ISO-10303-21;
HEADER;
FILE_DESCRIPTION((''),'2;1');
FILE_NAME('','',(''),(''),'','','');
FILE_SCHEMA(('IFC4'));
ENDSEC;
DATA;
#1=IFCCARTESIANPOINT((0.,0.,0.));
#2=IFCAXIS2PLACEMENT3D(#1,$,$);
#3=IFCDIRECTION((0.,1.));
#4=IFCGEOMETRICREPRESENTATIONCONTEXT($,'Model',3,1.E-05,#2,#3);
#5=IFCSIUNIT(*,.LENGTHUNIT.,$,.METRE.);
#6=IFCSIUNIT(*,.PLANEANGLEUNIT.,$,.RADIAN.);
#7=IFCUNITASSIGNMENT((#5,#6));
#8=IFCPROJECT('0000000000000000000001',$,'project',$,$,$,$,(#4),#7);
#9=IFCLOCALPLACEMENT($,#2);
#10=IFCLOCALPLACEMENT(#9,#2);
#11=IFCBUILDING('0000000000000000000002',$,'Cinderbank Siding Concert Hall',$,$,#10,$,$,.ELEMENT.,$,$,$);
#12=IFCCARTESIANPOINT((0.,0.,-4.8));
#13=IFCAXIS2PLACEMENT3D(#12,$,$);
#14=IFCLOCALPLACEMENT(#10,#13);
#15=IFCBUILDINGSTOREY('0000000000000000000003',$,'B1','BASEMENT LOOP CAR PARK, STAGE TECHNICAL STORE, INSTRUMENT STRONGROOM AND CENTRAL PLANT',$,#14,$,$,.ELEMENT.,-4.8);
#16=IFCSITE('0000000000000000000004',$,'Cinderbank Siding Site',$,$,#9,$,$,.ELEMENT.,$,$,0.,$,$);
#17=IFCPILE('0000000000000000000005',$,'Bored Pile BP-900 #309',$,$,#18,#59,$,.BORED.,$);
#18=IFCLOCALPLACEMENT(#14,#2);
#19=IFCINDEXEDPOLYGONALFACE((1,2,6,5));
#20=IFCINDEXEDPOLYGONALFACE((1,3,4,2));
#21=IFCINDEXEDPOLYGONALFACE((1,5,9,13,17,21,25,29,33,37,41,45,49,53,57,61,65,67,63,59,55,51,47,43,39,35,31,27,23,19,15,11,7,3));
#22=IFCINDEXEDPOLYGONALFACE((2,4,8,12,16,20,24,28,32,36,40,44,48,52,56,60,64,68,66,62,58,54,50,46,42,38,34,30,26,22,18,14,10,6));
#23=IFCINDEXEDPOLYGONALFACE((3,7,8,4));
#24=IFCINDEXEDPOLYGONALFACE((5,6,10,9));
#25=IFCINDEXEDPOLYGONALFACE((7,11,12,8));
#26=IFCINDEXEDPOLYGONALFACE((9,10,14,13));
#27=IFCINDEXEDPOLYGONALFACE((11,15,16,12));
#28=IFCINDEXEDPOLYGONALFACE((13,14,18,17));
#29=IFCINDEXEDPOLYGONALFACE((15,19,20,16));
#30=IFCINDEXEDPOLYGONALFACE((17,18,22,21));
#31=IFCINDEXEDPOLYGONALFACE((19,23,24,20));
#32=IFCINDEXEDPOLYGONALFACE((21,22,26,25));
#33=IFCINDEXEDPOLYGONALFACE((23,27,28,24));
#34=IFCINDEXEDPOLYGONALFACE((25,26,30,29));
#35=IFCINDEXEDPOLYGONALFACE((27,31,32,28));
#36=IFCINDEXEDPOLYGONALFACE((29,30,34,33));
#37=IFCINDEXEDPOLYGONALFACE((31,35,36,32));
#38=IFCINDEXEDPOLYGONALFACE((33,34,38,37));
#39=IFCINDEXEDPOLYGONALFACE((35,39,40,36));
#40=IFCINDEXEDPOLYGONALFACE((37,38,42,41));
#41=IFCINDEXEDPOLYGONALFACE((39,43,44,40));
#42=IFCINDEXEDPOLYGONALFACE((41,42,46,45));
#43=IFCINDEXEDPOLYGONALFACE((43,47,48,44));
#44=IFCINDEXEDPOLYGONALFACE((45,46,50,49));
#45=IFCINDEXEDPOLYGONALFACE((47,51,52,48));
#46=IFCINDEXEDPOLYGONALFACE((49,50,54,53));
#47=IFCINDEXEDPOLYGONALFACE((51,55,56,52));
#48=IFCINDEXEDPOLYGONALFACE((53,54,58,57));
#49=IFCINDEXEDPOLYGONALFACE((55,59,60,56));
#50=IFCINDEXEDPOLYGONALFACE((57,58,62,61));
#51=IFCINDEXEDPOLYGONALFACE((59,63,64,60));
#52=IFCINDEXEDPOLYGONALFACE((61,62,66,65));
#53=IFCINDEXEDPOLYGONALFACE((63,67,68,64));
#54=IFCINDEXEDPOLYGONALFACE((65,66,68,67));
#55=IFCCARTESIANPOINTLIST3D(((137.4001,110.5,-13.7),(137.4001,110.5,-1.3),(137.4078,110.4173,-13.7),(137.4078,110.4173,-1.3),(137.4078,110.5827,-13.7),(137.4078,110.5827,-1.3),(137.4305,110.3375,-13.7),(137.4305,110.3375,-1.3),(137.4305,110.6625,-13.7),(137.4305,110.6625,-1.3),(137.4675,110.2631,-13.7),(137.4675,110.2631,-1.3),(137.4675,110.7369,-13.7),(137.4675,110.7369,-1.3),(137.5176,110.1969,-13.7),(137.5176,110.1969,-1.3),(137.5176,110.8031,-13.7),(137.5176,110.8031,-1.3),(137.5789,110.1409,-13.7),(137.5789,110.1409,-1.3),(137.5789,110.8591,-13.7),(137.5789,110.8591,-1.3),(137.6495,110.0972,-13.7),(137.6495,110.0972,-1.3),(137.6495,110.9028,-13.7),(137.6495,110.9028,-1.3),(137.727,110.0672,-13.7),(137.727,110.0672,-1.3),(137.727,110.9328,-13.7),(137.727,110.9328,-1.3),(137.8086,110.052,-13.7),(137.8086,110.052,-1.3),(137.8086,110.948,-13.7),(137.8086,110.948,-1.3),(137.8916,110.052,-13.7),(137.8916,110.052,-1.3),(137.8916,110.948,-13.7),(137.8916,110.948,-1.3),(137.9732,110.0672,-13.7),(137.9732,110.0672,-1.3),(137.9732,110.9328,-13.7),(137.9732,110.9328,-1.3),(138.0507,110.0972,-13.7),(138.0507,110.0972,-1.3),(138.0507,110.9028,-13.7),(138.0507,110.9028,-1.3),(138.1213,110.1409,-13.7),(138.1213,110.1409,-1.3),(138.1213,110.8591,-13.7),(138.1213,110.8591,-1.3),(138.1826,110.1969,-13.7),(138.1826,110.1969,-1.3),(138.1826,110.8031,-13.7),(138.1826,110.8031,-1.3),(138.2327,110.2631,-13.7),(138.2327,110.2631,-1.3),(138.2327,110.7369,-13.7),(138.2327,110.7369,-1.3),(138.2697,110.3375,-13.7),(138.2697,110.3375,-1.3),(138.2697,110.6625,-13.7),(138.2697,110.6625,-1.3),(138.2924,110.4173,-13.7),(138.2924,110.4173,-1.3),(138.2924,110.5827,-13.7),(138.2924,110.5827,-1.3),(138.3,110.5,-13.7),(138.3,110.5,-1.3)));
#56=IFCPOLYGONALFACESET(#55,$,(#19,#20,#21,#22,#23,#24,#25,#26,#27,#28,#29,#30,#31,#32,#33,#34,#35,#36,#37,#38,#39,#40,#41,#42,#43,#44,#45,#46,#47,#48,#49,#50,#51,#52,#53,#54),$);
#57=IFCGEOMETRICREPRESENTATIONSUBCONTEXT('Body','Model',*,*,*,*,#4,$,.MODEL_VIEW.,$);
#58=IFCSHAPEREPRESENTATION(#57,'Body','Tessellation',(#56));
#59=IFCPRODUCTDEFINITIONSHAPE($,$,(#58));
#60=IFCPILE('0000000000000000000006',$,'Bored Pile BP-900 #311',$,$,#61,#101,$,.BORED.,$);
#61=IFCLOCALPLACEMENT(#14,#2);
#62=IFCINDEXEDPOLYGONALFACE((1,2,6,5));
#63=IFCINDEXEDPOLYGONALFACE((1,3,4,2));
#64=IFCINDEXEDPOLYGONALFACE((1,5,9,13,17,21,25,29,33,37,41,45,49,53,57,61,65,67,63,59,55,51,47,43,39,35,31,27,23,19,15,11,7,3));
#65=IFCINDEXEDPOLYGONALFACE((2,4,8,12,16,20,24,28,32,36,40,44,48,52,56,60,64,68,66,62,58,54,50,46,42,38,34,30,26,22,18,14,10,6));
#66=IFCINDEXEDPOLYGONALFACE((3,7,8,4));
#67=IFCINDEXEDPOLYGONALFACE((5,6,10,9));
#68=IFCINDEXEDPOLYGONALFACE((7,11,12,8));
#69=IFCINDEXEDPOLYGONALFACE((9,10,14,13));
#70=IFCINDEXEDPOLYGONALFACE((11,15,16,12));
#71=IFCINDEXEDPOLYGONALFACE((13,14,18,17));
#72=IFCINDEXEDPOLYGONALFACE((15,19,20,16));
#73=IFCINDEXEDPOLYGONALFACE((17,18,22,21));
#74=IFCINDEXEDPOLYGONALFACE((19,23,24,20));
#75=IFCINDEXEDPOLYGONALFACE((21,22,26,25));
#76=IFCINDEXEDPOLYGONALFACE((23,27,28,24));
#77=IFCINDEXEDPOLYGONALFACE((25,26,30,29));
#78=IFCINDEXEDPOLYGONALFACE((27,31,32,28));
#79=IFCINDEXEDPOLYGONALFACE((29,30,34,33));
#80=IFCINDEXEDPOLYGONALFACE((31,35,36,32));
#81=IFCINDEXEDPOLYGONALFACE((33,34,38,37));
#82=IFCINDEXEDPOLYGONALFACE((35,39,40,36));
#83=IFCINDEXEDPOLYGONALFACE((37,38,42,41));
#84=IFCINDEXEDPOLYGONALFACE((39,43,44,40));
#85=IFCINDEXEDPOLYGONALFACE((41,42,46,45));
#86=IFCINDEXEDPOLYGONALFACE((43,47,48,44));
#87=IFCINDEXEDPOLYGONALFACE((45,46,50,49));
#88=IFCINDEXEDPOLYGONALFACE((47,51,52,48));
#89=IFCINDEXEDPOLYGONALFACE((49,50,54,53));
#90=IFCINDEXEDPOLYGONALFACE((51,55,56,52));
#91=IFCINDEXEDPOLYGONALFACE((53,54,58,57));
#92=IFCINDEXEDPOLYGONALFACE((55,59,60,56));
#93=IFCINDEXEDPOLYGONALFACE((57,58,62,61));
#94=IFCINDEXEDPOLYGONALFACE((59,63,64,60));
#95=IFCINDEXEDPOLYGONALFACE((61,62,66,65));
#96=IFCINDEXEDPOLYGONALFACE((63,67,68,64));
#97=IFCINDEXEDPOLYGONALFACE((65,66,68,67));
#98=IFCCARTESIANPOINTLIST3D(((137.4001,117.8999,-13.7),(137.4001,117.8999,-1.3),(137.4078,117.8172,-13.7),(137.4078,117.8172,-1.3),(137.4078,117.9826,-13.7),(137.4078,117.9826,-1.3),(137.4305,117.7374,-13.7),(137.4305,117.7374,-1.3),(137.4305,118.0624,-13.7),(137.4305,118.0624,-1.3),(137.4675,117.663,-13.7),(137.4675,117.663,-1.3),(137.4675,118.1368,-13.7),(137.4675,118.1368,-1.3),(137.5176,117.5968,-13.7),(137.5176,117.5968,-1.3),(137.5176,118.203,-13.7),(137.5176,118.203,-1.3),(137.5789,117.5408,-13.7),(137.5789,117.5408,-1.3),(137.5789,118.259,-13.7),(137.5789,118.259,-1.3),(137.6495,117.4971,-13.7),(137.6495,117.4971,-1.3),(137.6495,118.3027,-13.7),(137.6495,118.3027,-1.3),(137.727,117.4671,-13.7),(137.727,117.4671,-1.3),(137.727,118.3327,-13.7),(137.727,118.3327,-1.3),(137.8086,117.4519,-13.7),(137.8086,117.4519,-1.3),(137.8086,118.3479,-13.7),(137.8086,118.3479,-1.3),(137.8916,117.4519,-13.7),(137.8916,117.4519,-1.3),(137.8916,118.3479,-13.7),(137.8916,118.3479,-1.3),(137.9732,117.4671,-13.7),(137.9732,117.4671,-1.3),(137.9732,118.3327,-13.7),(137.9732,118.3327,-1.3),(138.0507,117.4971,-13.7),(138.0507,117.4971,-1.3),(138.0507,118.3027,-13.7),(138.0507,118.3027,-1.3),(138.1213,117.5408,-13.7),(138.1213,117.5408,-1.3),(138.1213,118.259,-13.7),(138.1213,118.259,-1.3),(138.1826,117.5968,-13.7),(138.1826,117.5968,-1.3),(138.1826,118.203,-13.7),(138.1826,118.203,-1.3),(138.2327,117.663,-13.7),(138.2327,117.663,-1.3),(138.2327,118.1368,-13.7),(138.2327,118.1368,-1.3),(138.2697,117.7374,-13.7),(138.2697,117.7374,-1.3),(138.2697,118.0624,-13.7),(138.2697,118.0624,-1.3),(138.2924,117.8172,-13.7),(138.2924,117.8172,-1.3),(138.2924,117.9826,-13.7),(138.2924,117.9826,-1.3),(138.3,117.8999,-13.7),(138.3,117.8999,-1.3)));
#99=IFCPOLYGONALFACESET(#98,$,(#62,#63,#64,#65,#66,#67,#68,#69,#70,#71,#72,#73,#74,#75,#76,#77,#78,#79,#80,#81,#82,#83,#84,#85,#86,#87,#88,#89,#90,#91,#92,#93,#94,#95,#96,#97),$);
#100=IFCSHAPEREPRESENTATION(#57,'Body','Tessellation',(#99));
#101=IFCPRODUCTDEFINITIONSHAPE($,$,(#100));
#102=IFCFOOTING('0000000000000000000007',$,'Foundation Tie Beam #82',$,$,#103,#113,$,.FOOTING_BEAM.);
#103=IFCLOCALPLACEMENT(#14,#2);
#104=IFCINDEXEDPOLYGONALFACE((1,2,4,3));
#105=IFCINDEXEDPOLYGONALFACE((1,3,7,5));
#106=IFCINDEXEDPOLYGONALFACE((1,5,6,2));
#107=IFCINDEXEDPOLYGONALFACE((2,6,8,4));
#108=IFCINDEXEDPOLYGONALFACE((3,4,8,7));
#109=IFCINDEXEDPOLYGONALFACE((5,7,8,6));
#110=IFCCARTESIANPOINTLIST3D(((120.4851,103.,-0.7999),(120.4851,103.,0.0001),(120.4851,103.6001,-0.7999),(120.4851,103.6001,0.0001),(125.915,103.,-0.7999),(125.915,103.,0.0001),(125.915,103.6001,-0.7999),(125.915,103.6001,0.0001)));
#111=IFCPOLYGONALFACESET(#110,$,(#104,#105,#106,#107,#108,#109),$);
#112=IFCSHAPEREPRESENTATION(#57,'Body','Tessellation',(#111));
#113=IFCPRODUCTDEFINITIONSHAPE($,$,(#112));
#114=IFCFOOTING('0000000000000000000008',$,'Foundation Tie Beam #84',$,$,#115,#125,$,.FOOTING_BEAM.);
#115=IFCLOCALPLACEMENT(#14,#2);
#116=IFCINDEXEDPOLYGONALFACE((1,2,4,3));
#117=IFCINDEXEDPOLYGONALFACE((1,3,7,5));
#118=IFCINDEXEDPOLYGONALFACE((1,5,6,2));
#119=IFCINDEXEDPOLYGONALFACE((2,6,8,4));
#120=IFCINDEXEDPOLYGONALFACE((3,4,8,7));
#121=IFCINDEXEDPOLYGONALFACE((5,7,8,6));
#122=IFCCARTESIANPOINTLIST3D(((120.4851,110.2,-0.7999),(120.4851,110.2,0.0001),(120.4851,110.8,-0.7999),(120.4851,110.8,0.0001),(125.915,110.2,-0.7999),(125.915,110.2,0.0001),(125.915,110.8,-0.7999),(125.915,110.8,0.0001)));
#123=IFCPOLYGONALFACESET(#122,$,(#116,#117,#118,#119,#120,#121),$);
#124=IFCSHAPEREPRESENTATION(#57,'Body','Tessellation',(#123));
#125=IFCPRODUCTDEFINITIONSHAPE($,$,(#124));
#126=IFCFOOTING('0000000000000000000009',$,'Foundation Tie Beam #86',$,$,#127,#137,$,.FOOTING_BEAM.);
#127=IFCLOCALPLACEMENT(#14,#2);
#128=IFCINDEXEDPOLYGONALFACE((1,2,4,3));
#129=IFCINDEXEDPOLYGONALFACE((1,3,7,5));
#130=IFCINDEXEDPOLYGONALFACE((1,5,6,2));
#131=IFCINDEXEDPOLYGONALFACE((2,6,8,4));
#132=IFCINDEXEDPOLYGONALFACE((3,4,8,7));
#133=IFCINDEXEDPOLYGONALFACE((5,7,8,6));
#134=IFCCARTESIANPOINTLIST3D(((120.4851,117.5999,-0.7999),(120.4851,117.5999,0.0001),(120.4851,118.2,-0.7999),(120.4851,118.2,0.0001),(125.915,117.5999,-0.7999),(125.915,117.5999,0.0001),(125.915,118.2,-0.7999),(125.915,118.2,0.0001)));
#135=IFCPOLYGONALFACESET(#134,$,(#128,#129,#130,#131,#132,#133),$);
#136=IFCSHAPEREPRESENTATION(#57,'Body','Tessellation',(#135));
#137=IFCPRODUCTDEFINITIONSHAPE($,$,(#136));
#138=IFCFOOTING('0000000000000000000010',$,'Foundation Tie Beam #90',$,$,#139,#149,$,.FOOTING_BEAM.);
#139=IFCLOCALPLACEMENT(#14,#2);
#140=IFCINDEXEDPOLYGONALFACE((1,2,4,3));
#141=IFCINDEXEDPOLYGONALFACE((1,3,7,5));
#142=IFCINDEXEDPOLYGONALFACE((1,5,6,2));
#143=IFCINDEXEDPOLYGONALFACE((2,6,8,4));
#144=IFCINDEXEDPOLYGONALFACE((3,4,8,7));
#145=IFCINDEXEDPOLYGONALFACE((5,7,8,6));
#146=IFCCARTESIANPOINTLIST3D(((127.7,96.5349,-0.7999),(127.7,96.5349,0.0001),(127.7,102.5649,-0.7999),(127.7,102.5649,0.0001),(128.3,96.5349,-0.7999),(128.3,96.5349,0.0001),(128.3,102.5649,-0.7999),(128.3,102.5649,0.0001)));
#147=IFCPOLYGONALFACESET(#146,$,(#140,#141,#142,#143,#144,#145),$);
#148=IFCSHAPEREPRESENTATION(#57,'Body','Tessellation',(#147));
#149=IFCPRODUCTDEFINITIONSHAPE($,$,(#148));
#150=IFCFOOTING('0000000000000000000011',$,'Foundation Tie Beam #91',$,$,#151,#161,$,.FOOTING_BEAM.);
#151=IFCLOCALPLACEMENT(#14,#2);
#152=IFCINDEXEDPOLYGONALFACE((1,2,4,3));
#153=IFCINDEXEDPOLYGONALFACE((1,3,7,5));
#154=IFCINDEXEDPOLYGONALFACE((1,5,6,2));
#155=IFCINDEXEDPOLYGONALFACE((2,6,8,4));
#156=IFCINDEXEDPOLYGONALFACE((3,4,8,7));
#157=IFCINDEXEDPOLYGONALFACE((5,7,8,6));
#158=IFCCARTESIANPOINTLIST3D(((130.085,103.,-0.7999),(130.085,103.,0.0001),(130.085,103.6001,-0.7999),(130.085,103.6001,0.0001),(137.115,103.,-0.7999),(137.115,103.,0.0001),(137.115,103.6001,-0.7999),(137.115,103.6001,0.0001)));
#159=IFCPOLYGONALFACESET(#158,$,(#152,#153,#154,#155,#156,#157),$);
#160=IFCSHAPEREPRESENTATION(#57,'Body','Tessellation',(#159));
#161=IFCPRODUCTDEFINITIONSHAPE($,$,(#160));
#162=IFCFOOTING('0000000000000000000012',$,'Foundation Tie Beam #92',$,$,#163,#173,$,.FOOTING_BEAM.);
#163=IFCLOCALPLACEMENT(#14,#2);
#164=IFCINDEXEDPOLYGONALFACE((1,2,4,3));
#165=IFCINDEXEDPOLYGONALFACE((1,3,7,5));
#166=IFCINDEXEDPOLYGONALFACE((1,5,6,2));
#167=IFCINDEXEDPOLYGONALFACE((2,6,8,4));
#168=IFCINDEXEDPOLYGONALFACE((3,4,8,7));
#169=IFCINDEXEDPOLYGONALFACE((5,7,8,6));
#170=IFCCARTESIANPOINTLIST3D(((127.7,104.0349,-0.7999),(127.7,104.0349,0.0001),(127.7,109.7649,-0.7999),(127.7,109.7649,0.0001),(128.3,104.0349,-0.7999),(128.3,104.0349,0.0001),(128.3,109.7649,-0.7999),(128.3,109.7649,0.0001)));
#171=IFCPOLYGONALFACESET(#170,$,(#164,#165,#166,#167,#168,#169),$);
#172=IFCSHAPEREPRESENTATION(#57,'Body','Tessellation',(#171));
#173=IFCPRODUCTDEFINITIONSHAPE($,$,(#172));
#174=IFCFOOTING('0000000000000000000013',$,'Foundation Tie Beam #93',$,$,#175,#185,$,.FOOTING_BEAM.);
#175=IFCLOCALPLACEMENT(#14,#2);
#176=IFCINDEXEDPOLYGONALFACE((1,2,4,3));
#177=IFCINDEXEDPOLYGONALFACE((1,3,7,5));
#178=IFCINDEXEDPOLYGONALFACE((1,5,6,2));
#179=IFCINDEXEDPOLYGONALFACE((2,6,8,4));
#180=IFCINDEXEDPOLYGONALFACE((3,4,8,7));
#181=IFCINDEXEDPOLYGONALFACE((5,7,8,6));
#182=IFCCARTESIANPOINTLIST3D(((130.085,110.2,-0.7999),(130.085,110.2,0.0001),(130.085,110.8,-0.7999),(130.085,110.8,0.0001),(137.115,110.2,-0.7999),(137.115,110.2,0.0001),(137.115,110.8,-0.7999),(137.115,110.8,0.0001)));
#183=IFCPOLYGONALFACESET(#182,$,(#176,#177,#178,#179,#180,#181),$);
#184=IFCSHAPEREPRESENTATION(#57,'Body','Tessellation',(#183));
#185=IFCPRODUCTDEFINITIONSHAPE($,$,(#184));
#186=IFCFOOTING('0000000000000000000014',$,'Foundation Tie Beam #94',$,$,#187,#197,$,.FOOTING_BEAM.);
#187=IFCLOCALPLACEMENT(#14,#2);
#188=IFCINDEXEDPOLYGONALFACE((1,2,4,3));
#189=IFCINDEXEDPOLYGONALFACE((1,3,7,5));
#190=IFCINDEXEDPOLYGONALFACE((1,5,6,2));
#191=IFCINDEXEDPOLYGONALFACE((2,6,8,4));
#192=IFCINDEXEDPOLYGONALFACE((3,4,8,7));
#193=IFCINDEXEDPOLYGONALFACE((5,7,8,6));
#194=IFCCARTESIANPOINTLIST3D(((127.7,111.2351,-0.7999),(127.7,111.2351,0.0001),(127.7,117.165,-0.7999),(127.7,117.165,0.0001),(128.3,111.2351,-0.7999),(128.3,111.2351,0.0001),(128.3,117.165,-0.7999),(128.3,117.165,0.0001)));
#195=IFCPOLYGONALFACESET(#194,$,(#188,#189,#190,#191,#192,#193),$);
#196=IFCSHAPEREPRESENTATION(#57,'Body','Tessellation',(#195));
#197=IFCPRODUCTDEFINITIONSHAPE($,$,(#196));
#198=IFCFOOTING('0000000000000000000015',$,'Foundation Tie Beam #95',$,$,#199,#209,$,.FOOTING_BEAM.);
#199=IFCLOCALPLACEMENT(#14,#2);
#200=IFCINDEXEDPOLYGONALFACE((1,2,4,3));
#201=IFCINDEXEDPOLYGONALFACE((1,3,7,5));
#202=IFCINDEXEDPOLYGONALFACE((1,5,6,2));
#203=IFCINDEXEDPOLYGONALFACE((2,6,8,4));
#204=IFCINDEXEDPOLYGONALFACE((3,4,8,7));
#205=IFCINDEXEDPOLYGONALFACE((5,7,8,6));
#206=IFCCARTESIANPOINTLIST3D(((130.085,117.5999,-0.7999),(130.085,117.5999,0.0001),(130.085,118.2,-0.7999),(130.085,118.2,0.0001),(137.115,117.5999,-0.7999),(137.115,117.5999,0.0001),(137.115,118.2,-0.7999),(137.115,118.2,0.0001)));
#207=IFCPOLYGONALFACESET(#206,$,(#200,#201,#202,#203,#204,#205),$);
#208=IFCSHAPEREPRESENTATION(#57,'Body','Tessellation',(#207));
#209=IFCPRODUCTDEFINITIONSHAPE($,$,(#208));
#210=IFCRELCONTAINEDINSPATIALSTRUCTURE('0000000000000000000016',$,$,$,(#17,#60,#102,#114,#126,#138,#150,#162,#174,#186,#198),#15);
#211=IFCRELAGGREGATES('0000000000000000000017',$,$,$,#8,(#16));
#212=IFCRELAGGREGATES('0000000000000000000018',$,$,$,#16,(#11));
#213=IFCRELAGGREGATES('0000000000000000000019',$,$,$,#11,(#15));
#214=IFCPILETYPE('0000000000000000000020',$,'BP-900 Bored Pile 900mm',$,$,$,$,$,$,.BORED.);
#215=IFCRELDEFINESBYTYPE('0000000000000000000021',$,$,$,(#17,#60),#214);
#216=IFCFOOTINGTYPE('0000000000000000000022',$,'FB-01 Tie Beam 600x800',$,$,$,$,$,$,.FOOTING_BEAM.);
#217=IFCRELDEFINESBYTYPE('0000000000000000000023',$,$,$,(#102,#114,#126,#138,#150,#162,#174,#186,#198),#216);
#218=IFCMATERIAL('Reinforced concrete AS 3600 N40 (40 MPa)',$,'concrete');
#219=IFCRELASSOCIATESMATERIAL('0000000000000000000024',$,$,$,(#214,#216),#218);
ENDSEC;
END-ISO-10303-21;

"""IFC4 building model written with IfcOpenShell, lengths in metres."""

from ifc_helpers import new_model, si_unit, direction, frame, origin, origin_2d, place, context, subcontext, project, spatial, rectangle, circle, extrude, material, material_profile, profile_set, type_object, element, save


model = new_model("IFC4")

# Units and contexts
model_context = context("Model", 3, precision=1e-05, world=origin(), true_north=direction((0.0, 1.0)))
body_context = subcontext(model_context, "Body", "Model", "MODEL_VIEW")
ifc_project = project(units=[si_unit("LENGTHUNIT", "METRE"), si_unit("PLANEANGLEUNIT", "RADIAN")], contexts=[model_context])

# Site, building, storey
site_placement = place(None, origin())
site = spatial("IfcSite", under=ifc_project, at=site_placement, Name="Cinderbank Siding Site", CompositionType="ELEMENT", RefElevation=0.0)
building_placement = place(site_placement, origin())
building = spatial("IfcBuilding", under=site, at=building_placement, Name="Cinderbank Siding Concert Hall", CompositionType="ELEMENT")
storey_placement = place(building_placement, frame((0.0, 0.0, -4.8)))
storey = spatial("IfcBuildingStorey", under=building, at=storey_placement, Name="B1", Description="BASEMENT LOOP CAR PARK, STAGE TECHNICAL STORE, INSTRUMENT STRONGROOM AND CENTRAL PLANT", CompositionType="ELEMENT", Elevation=-4.8)

# Piles
ifc_material_1 = material(Name="Reinforced concrete AS 3600 N40 (40 MPa)", Category="concrete")
ifc_material_profile_1 = material_profile(ifc_material_1, circle(Radius=0.45, at=origin_2d()), Name="PILE-900DIA", Category="LoadBearing")
ifc_profile_set_1 = profile_set([ifc_material_profile_1], Name="Reinforced concrete AS 3600 N40 (40 MPa)")
pile_type = type_object("IfcPileType", Name="BP-900 Bored Pile 900mm", PredefinedType="BORED", material=ifc_profile_set_1)
for number, where, z_axis, x_axis, name in (
    (1, (137.8501, 110.5, -1.3), (0.0, 0.0, -1.0), (1.0, 0.0, 0.0), "Bored Pile BP-900 #309"),
    (2, (137.8501, 117.8999, -1.3), (0.0, 0.0, -1.0), (1.0, 0.0, 0.0), "Bored Pile BP-900 #311"),
):
    element("IfcPile", number, at=place(storey_placement, frame(where, z_axis=z_axis, x_axis=x_axis)), inside=storey, type_object=pile_type, Name=name, PredefinedType="BORED", context=body_context, shape_type="SweptSolid", body=[
        extrude(circle(Radius=0.45, at=origin_2d()), origin(), (0.0, 0.0, 1.0), 12.3999),
    ])

# Footings
ifc_material_profile_2 = material_profile(ifc_material_1, rectangle(XDim=0.6001, YDim=0.8, at=origin_2d()), Name="RC-FB-600x800", Category="LoadBearing")
ifc_profile_set_2 = profile_set([ifc_material_profile_2], Name="Reinforced concrete AS 3600 N40 (40 MPa)")
footing_type_1 = type_object("IfcFootingType", Name="FB-01 Tie Beam 600x800", PredefinedType="FOOTING_BEAM", material=ifc_profile_set_2)
for number, where, z_axis, x_axis, name in (
    (3, (120.4851, 103.3, -0.3999), (1.0, 0.0, 0.0), (0.0, 1.0, 0.0), "Foundation Tie Beam #82"),
    (4, (120.4851, 110.5, -0.3999), (1.0, 0.0, 0.0), (0.0, 1.0, 0.0), "Foundation Tie Beam #84"),
    (5, (120.4851, 117.8999, -0.3999), (1.0, 0.0, 0.0), (0.0, 1.0, 0.0), "Foundation Tie Beam #86"),
):
    element("IfcFooting", number, at=place(storey_placement, frame(where, z_axis=z_axis, x_axis=x_axis)), inside=storey, type_object=footing_type_1, Name=name, PredefinedType="FOOTING_BEAM", context=body_context, shape_type="SweptSolid", body=[
        extrude(rectangle(XDim=0.6001, YDim=0.8, at=origin_2d()), origin(), (0.0, 0.0, 1.0), 5.4299),
    ])
footing_1_placement = place(storey_placement, frame((128.0, 96.5349, -0.3999), z_axis=(0.0, 1.0, 0.0), x_axis=(-1.0, 0.0, 0.0)))
element("IfcFooting", 6, at=footing_1_placement, inside=storey, type_object=footing_type_1, Name="Foundation Tie Beam #90", PredefinedType="FOOTING_BEAM", context=body_context, shape_type="SweptSolid", body=[
    extrude(rectangle(XDim=0.6001, YDim=0.8, at=origin_2d()), origin(), (0.0, 0.0, 1.0), 6.03),
])
footing_2_placement = place(storey_placement, frame((130.085, 103.3, -0.3999), z_axis=(1.0, 0.0, 0.0), x_axis=(0.0, 1.0, 0.0)))
element("IfcFooting", 7, at=footing_2_placement, inside=storey, type_object=footing_type_1, Name="Foundation Tie Beam #91", PredefinedType="FOOTING_BEAM", context=body_context, shape_type="SweptSolid", body=[
    extrude(rectangle(XDim=0.6001, YDim=0.8, at=origin_2d()), origin(), (0.0, 0.0, 1.0), 7.03),
])
footing_3_placement = place(storey_placement, frame((128.0, 104.0349, -0.3999), z_axis=(0.0, 1.0, 0.0), x_axis=(-1.0, 0.0, 0.0)))
element("IfcFooting", 8, at=footing_3_placement, inside=storey, type_object=footing_type_1, Name="Foundation Tie Beam #92", PredefinedType="FOOTING_BEAM", context=body_context, shape_type="SweptSolid", body=[
    extrude(rectangle(XDim=0.6001, YDim=0.8, at=origin_2d()), origin(), (0.0, 0.0, 1.0), 5.73),
])
footing_4_placement = place(storey_placement, frame((130.085, 110.5, -0.3999), z_axis=(1.0, 0.0, 0.0), x_axis=(0.0, 1.0, 0.0)))
element("IfcFooting", 9, at=footing_4_placement, inside=storey, type_object=footing_type_1, Name="Foundation Tie Beam #93", PredefinedType="FOOTING_BEAM", context=body_context, shape_type="SweptSolid", body=[
    extrude(rectangle(XDim=0.6001, YDim=0.8, at=origin_2d()), origin(), (0.0, 0.0, 1.0), 7.03),
])
footing_5_placement = place(storey_placement, frame((128.0, 111.2351, -0.3999), z_axis=(0.0, 1.0, 0.0), x_axis=(-1.0, 0.0, 0.0)))
element("IfcFooting", 10, at=footing_5_placement, inside=storey, type_object=footing_type_1, Name="Foundation Tie Beam #94", PredefinedType="FOOTING_BEAM", context=body_context, shape_type="SweptSolid", body=[
    extrude(rectangle(XDim=0.6001, YDim=0.8, at=origin_2d()), origin(), (0.0, 0.0, 1.0), 5.9299),
])
footing_6_placement = place(storey_placement, frame((130.085, 117.8999, -0.3999), z_axis=(1.0, 0.0, 0.0), x_axis=(0.0, 1.0, 0.0)))
element("IfcFooting", 11, at=footing_6_placement, inside=storey, type_object=footing_type_1, Name="Foundation Tie Beam #95", PredefinedType="FOOTING_BEAM", context=body_context, shape_type="SweptSolid", body=[
    extrude(rectangle(XDim=0.6001, YDim=0.8, at=origin_2d()), origin(), (0.0, 0.0, 1.0), 7.03),
])

save(model, "model.ifc")
